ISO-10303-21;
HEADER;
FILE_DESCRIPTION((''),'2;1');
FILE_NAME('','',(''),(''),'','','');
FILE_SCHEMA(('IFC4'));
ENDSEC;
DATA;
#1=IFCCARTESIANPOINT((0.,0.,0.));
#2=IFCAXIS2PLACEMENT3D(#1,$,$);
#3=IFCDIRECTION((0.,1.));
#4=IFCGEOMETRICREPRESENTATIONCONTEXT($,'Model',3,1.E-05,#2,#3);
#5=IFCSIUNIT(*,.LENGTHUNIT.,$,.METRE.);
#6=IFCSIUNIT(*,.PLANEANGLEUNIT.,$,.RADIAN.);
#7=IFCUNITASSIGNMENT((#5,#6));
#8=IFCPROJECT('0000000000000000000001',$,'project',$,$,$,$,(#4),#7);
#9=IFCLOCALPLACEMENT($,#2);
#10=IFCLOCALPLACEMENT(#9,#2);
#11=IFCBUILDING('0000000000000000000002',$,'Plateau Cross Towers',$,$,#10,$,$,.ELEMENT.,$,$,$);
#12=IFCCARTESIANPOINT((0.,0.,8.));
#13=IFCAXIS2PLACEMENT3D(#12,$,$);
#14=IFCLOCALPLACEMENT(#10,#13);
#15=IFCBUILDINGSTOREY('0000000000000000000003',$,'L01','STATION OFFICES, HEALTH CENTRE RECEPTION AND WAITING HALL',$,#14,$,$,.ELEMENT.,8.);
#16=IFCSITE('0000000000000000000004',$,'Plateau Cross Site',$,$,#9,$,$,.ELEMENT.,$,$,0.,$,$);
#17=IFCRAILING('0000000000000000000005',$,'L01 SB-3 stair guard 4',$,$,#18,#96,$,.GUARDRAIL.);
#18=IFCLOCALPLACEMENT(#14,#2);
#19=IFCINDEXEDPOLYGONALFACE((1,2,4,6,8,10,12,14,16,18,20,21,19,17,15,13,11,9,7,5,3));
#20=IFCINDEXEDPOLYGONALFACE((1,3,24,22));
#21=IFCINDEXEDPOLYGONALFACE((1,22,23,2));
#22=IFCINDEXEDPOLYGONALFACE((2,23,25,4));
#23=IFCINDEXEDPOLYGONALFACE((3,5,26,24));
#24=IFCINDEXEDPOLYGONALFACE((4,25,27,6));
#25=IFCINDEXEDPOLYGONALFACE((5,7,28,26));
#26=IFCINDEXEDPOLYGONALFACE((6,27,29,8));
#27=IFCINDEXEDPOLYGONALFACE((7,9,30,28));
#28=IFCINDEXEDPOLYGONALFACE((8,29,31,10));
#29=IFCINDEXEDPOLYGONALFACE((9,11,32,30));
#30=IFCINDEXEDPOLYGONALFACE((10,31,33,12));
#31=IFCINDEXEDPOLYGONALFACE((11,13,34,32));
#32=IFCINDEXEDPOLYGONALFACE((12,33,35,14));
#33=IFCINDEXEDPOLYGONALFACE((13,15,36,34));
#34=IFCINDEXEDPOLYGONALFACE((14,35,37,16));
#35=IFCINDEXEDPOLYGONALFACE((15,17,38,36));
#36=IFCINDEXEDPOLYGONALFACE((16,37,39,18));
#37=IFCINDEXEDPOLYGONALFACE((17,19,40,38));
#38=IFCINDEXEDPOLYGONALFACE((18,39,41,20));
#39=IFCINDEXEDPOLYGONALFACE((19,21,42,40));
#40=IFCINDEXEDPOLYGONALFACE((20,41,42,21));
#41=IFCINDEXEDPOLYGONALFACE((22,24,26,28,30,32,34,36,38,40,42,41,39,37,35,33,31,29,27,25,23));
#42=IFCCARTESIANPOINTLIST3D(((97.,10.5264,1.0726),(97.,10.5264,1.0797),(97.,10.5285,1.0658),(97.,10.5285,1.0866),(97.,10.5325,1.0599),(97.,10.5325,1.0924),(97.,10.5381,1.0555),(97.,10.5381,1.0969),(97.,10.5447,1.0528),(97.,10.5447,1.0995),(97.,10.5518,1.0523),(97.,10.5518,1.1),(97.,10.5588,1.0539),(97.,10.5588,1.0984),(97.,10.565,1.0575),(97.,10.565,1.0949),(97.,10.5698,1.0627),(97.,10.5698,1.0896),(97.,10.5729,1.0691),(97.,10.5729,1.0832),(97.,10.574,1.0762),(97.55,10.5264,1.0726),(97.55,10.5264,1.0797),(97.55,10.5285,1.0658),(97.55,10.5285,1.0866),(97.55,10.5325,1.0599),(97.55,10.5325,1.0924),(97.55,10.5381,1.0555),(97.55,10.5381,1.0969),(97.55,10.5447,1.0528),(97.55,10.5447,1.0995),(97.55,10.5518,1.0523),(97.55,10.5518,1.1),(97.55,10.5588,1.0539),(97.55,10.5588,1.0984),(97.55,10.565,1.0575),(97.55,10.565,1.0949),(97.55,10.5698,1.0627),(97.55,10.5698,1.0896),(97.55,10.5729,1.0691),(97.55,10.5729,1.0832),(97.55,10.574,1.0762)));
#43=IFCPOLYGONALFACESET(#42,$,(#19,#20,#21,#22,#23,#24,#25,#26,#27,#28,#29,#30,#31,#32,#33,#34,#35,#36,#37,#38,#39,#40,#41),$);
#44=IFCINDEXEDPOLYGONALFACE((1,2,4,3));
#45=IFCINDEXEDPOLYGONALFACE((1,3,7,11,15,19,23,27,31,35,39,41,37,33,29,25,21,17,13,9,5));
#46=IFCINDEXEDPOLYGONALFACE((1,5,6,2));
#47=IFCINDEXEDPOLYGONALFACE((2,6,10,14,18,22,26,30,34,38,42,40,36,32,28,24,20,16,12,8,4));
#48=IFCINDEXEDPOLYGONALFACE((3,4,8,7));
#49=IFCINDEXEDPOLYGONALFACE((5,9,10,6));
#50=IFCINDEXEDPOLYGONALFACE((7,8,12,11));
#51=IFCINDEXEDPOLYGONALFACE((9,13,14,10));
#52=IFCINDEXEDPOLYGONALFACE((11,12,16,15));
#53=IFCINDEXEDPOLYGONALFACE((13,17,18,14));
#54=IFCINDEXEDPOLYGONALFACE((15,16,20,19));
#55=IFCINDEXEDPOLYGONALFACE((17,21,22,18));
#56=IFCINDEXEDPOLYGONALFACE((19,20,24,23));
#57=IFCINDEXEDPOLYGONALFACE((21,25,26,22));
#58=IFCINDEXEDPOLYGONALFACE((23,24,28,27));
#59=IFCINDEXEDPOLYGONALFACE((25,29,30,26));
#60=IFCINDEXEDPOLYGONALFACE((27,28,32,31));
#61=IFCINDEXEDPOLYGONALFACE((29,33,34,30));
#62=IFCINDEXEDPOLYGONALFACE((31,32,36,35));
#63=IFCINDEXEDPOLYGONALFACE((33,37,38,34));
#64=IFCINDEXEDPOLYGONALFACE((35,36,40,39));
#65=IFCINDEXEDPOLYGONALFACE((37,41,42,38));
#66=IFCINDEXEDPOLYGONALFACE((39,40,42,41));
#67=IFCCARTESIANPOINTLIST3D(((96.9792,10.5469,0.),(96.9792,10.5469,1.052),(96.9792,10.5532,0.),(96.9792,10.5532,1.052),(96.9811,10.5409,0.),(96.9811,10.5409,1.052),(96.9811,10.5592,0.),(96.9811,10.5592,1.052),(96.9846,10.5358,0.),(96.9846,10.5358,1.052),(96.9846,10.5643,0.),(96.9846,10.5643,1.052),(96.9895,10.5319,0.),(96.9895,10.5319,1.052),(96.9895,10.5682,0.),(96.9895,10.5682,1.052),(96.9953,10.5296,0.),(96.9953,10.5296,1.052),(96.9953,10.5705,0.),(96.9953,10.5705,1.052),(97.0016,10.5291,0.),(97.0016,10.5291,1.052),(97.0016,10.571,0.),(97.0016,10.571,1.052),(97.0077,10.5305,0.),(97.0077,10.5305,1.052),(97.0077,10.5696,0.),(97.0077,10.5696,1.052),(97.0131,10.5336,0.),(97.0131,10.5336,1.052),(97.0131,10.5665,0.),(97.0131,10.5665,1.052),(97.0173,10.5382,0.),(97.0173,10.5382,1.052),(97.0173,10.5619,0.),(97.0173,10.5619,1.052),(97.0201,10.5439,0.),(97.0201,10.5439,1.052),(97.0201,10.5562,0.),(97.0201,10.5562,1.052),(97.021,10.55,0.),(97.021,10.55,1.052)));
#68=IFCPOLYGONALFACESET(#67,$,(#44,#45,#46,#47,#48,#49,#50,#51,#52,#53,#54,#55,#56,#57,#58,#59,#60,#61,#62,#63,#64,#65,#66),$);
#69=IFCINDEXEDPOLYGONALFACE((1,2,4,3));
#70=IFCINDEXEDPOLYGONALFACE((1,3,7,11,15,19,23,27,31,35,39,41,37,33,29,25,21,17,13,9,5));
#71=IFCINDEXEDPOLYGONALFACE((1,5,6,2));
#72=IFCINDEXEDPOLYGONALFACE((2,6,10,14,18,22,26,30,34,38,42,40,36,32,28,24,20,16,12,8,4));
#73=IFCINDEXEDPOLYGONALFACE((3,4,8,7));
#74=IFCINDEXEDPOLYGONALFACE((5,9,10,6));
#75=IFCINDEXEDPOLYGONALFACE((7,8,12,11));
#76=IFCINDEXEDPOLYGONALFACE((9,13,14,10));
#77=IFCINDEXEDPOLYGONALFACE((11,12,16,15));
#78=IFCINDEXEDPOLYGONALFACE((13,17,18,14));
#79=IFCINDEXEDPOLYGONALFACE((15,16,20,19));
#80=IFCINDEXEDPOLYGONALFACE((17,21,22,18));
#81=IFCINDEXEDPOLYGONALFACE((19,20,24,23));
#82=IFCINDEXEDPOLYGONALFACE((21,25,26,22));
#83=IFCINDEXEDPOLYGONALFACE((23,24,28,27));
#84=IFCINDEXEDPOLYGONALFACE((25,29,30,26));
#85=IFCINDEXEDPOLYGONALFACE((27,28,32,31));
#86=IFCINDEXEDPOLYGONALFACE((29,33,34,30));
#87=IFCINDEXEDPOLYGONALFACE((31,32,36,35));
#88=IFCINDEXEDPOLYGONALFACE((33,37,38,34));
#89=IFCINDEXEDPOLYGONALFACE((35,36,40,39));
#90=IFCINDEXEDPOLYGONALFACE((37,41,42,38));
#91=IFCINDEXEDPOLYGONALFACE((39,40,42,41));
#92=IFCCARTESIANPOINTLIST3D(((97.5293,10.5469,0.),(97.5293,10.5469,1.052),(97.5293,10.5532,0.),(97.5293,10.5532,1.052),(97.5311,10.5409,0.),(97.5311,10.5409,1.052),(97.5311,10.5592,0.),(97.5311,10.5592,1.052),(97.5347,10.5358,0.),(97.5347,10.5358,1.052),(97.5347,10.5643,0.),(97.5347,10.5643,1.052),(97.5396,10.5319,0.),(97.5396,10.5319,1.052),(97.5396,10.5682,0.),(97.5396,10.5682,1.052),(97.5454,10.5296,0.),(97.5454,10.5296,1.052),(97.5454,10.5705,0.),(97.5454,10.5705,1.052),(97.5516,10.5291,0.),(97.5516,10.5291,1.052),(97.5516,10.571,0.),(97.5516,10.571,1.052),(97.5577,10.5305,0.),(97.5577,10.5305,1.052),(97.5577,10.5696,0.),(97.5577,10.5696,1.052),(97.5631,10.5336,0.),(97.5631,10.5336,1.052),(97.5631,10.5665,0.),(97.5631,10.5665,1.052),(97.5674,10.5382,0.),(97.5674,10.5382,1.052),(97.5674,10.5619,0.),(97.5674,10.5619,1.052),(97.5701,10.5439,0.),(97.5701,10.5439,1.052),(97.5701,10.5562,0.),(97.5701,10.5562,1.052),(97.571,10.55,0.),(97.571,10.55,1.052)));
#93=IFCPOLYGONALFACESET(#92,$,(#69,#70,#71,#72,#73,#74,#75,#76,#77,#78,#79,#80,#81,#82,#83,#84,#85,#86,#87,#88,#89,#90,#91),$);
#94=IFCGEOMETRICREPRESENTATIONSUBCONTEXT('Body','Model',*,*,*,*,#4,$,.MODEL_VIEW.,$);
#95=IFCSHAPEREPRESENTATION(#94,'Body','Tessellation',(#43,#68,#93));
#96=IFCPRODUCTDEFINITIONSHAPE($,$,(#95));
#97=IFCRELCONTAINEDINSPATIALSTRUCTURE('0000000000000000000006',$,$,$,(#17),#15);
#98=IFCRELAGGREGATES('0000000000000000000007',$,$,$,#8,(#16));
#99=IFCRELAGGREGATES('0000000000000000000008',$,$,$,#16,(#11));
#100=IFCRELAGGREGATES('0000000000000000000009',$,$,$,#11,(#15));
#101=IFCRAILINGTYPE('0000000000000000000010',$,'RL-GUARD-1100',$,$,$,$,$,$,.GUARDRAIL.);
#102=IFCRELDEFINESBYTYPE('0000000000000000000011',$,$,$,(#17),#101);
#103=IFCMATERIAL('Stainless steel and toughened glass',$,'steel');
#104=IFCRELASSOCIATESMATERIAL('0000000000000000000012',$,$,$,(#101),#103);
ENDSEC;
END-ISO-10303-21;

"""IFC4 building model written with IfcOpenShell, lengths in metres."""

from ifc_helpers import new_model, si_unit, direction, frame, origin, origin_2d, place, context, subcontext, project, spatial, circle, extrude, material, type_object, element, save


model = new_model("IFC4")

# Units and contexts
model_context = context("Model", 3, precision=1e-05, world=origin(), true_north=direction((0.0, 1.0)))
body_context = subcontext(model_context, "Body", "Model", "MODEL_VIEW")
ifc_project = project(units=[si_unit("LENGTHUNIT", "METRE"), si_unit("PLANEANGLEUNIT", "RADIAN")], contexts=[model_context])

# Site, building, storey
site_placement = place(None, origin())
site = spatial("IfcSite", under=ifc_project, at=site_placement, Name="Plateau Cross Site", CompositionType="ELEMENT", RefElevation=0.0)
building_placement = place(site_placement, origin())
building = spatial("IfcBuilding", under=site, at=building_placement, Name="Plateau Cross Towers", CompositionType="ELEMENT")
storey_placement = place(building_placement, frame((0.0, 0.0, 8.0)))
storey = spatial("IfcBuildingStorey", under=building, at=storey_placement, Name="L01", Description="STATION OFFICES, HEALTH CENTRE RECEPTION AND WAITING HALL", CompositionType="ELEMENT", Elevation=8.0)

# Railing
ifc_material_1 = material(Name="Stainless steel and toughened glass", Category="steel")
railing_type_1 = type_object("IfcRailingType", Name="RL-GUARD-1100", PredefinedType="GUARDRAIL", material=ifc_material_1)
railing_1_placement = place(storey_placement, frame((97.0, 10.55, 0.0)))
element("IfcRailing", 1, at=railing_1_placement, inside=storey, type_object=railing_type_1, Name="L01 SB-3 stair guard 4", PredefinedType="GUARDRAIL", context=body_context, shape_type="SweptSolid", body=[
    extrude(circle(Radius=0.0239, at=origin_2d()), frame((0.0, 0.0, 1.0762), z_axis=(1.0, 0.0, 0.0), x_axis=(0.0, 1.0, 0.0)), (0.0, 0.0, 1.0), 0.55),
    extrude(circle(Radius=0.021, at=origin_2d()), origin(), (0.0, 0.0, 1.0), 1.052),
    extrude(circle(Radius=0.021, at=origin_2d()), frame((0.55, 0.0, 0.0)), (0.0, 0.0, 1.0), 1.052),
])

save(model, "model.ifc")
